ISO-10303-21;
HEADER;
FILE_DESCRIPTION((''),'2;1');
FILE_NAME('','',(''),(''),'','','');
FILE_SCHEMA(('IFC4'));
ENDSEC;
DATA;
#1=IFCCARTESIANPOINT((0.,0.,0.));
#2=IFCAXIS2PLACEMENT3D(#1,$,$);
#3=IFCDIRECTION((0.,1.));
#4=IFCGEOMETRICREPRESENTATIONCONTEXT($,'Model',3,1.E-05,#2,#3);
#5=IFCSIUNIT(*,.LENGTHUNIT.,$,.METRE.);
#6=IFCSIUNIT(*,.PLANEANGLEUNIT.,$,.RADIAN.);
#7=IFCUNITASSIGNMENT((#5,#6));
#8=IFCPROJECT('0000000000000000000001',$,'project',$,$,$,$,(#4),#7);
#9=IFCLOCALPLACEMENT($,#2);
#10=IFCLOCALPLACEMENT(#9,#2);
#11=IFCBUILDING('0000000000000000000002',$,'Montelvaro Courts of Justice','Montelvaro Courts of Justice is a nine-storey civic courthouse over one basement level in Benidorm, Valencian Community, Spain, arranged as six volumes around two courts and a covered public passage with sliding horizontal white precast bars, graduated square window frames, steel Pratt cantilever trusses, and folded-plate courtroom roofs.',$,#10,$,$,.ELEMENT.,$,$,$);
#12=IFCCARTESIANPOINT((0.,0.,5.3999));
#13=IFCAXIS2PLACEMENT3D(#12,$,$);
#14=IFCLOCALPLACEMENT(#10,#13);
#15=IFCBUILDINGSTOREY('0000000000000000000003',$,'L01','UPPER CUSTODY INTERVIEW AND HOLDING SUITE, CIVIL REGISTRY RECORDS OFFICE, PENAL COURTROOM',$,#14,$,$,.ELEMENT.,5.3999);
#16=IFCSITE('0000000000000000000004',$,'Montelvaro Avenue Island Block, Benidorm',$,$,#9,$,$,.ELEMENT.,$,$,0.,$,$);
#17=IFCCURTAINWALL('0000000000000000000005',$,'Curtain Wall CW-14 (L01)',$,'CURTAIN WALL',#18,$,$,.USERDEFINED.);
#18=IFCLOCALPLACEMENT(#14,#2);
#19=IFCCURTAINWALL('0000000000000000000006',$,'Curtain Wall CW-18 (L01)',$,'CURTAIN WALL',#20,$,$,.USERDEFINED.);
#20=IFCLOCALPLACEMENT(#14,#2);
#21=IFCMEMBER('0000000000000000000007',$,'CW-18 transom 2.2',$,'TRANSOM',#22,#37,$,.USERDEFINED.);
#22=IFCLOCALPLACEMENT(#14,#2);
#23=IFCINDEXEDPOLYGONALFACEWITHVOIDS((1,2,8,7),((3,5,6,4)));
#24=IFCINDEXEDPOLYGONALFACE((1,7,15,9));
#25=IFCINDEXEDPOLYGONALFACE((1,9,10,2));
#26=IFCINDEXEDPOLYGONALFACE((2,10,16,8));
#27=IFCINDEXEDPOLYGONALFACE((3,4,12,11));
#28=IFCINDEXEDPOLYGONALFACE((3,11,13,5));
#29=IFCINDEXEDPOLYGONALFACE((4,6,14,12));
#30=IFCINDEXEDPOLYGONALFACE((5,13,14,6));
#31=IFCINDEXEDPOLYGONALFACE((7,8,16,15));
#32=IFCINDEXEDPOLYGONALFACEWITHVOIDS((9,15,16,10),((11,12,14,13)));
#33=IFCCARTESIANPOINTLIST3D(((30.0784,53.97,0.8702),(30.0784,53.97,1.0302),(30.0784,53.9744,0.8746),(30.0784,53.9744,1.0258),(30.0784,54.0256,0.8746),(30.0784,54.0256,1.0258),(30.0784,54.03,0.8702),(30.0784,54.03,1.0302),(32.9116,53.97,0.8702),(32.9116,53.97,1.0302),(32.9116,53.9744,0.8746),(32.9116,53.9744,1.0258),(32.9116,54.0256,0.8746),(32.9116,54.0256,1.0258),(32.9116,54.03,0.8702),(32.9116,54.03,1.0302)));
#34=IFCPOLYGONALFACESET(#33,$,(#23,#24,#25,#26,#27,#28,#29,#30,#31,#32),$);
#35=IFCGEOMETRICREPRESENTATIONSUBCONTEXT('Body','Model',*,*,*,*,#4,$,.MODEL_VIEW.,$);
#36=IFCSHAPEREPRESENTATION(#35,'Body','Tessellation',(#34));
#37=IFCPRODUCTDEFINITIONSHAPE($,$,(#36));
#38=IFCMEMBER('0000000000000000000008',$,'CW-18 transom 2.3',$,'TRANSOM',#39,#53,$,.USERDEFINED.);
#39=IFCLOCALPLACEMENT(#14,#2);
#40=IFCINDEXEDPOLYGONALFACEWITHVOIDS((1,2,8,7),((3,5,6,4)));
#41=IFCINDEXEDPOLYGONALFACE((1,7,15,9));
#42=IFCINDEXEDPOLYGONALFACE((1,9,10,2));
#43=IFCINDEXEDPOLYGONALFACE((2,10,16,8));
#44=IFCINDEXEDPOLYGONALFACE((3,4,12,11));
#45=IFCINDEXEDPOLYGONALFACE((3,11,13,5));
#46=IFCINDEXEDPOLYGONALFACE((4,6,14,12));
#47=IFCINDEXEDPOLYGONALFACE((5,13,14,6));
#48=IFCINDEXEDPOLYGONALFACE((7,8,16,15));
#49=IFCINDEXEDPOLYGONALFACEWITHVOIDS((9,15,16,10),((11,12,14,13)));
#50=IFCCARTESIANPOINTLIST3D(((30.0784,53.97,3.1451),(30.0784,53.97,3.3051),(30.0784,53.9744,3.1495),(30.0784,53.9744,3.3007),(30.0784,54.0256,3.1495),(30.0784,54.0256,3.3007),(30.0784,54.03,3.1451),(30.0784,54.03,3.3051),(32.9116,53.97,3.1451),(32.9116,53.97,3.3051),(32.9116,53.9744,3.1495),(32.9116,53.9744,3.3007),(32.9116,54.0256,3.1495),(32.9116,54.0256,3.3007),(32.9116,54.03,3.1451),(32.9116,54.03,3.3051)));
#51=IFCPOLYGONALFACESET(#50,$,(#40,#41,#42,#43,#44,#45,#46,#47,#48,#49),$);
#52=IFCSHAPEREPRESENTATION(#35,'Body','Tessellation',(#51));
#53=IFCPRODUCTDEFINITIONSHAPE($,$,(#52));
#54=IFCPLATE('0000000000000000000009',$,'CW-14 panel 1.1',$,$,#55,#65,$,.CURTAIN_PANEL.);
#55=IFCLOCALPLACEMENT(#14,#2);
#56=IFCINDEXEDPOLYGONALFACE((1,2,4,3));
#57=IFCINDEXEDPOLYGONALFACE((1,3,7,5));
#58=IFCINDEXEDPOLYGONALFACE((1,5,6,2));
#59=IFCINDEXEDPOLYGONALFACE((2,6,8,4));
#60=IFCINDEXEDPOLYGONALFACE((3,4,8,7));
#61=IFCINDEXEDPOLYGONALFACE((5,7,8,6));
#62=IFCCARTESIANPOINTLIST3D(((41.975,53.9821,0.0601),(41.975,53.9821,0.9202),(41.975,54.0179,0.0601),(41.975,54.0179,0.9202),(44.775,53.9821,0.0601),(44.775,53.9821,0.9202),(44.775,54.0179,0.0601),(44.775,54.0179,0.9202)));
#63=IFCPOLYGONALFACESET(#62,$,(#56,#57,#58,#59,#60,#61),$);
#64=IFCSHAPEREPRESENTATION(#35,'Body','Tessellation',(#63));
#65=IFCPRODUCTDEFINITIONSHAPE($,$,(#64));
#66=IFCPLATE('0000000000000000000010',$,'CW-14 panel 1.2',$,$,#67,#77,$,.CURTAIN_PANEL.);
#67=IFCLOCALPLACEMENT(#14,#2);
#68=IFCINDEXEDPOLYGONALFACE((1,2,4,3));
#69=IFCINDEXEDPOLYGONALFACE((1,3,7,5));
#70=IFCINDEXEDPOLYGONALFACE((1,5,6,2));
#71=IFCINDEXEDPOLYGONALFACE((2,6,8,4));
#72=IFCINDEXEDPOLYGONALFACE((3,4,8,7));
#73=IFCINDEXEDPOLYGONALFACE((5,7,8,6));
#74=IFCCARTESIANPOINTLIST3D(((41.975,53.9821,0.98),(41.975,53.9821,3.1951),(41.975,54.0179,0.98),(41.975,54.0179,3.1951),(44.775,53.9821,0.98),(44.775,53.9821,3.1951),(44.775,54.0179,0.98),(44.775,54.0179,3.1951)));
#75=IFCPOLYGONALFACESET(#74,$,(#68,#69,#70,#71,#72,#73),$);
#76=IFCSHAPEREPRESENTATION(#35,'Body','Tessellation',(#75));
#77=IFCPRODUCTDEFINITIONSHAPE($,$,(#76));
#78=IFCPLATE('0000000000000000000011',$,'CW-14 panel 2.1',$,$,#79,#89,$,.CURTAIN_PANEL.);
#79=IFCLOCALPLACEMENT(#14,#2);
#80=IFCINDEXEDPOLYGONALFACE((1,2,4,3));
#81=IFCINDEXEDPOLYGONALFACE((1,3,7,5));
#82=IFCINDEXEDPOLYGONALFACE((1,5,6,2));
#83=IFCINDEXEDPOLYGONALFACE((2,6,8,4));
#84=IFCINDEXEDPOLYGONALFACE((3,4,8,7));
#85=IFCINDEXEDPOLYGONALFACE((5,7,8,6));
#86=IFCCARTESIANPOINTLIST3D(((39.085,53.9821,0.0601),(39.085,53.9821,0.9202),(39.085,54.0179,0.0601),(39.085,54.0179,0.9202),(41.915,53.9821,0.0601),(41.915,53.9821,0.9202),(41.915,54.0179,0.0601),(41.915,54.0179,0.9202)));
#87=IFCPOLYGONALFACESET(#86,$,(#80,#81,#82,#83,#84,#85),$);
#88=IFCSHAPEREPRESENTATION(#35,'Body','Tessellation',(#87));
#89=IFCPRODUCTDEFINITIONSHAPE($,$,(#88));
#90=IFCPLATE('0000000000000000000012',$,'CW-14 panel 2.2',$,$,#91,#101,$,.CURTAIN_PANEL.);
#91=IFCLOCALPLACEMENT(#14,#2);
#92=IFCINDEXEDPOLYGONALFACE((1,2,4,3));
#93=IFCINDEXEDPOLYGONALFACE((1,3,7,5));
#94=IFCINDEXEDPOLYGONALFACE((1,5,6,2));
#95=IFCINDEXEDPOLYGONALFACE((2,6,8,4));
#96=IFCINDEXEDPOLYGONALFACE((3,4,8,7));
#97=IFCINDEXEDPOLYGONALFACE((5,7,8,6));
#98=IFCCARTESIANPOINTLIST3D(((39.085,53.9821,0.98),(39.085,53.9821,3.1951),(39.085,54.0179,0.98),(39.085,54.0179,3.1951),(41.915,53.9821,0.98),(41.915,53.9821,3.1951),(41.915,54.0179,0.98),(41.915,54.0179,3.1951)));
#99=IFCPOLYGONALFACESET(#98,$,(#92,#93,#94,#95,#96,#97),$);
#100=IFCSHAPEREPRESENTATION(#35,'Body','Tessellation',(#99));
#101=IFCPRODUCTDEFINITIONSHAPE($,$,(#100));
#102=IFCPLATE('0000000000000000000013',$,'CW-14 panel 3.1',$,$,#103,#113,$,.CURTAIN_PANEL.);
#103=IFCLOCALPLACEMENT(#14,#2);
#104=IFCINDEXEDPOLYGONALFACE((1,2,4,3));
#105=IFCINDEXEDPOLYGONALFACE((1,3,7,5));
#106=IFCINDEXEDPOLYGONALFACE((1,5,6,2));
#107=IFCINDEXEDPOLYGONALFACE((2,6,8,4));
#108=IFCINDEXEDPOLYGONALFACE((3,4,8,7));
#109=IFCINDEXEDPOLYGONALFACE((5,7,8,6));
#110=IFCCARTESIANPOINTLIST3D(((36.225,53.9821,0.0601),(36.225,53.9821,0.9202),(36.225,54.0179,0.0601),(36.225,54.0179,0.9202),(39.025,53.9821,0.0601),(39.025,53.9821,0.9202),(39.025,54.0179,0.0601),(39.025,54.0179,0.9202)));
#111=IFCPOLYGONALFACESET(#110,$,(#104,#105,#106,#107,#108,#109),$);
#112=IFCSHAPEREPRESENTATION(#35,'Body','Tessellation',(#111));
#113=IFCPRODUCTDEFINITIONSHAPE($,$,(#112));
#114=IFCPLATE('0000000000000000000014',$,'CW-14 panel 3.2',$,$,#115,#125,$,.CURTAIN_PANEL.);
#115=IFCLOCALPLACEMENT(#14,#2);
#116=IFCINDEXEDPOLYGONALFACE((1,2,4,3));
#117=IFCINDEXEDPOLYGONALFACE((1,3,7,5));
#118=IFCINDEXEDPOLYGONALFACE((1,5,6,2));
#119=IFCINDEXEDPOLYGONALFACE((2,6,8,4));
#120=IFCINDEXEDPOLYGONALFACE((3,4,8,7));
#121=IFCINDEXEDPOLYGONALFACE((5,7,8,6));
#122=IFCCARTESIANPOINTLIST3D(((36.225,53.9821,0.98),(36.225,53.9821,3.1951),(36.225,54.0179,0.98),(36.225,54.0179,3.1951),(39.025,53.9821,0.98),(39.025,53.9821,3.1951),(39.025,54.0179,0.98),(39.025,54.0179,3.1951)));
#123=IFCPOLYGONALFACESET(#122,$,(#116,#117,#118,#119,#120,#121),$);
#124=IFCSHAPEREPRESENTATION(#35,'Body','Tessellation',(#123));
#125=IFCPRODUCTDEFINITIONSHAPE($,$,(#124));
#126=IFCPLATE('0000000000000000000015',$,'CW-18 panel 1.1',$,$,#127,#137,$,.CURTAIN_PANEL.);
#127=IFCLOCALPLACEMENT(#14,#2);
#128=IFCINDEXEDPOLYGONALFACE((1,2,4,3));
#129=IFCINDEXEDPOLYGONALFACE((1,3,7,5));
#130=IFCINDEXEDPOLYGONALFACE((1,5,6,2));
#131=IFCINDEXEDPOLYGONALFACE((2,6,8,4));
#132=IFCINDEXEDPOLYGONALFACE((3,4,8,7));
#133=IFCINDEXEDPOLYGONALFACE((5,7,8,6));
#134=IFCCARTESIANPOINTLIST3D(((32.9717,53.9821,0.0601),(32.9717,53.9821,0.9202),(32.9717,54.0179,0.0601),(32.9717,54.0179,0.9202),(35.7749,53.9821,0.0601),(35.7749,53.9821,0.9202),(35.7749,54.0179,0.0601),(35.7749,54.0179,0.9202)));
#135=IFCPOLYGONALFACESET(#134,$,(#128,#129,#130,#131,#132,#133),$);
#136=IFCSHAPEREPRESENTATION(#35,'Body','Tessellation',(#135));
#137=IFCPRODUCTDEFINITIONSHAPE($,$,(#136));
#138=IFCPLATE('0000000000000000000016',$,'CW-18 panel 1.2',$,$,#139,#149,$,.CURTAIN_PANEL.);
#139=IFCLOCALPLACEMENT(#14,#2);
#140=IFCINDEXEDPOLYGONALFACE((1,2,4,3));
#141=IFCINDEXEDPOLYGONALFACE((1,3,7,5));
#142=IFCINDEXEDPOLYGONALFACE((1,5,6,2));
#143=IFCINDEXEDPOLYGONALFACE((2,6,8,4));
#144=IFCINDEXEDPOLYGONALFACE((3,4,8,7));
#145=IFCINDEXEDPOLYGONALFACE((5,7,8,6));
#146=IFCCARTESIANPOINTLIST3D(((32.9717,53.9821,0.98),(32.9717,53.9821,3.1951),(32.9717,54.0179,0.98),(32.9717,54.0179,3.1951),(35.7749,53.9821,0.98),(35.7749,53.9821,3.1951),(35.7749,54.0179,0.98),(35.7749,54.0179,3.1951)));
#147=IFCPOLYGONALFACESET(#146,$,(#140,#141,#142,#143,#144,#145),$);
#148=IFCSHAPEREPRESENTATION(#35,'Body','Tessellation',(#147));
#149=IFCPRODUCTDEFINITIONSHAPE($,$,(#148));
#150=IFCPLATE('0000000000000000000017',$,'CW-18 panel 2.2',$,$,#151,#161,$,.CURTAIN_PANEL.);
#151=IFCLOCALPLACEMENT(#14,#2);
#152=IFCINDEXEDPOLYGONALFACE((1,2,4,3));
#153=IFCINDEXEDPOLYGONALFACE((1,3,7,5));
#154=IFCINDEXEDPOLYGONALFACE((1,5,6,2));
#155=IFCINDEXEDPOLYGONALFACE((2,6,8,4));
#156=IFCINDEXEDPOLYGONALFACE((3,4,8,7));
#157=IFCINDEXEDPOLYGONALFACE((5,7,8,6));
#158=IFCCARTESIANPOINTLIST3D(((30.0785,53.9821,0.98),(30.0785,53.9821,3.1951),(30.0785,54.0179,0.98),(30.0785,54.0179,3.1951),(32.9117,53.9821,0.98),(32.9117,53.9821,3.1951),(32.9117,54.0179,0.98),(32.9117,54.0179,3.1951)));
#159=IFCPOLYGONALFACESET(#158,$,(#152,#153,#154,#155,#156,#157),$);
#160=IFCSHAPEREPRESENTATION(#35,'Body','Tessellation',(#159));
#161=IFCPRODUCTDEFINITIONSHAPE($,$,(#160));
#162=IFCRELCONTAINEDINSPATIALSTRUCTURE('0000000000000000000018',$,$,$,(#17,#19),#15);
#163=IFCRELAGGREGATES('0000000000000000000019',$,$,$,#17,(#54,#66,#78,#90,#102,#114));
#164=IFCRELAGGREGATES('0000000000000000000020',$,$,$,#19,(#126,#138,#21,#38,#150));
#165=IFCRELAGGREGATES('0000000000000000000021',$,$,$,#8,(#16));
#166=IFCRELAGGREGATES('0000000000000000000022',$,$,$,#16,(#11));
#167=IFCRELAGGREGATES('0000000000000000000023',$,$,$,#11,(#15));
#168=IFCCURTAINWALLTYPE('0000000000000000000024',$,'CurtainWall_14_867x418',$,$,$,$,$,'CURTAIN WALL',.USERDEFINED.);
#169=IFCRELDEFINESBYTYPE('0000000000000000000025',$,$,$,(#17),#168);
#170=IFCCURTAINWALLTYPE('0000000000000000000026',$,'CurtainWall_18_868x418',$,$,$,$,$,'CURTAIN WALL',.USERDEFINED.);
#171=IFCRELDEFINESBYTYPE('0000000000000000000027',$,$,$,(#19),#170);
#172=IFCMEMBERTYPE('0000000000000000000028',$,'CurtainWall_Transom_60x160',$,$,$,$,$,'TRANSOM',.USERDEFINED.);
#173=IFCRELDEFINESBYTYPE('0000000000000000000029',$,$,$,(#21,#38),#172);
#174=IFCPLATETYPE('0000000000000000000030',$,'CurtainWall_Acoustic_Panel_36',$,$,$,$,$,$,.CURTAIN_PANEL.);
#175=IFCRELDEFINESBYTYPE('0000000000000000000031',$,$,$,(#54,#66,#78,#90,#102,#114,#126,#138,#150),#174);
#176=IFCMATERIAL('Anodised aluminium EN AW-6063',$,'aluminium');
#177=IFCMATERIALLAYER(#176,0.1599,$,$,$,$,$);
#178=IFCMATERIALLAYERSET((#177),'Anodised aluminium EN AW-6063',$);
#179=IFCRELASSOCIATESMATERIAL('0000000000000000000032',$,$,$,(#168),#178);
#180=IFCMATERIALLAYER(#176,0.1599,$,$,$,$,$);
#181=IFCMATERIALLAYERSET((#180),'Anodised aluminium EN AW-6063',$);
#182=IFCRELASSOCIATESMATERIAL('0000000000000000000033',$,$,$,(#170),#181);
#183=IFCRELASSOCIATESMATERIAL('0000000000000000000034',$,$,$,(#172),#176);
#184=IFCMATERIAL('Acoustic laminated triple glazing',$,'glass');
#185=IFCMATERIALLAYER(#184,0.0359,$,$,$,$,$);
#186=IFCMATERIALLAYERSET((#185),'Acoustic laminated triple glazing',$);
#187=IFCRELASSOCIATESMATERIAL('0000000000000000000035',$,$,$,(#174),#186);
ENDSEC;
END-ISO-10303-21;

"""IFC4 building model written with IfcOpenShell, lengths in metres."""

from ifc_helpers import new_model, si_unit, direction, frame, origin, origin_2d, place, context, subcontext, project, spatial, rectangle, hollow_rectangle, extrude, material, layer, layer_set, material_profile, profile_set, type_object, element, aggregate, save


model = new_model("IFC4")

# Units and contexts
model_context = context("Model", 3, precision=1e-05, world=origin(), true_north=direction((0.0, 1.0)))
body_context = subcontext(model_context, "Body", "Model", "MODEL_VIEW")
ifc_project = project(units=[si_unit("LENGTHUNIT", "METRE"), si_unit("PLANEANGLEUNIT", "RADIAN")], contexts=[model_context])

# Site, building, storey
site_placement = place(None, origin())
site = spatial("IfcSite", under=ifc_project, at=site_placement, Name="Montelvaro Avenue Island Block, Benidorm", CompositionType="ELEMENT", RefElevation=0.0)
building_placement = place(site_placement, origin())
building = spatial("IfcBuilding", under=site, at=building_placement, Name="Montelvaro Courts of Justice", Description="Montelvaro Courts of Justice is a nine-storey civic courthouse over one basement level in Benidorm, Valencian Community, Spain, arranged as six volumes around two courts and a covered public passage with sliding horizontal white precast bars, graduated square window frames, steel Pratt cantilever trusses, and folded-plate courtroom roofs.", CompositionType="ELEMENT")
storey_placement = place(building_placement, frame((0.0, 0.0, 5.3999)))
storey = spatial("IfcBuildingStorey", under=building, at=storey_placement, Name="L01", Description="UPPER CUSTODY INTERVIEW AND HOLDING SUITE, CIVIL REGISTRY RECORDS OFFICE, PENAL COURTROOM", CompositionType="ELEMENT", Elevation=5.3999)

# Curtain walls
ifc_material_1 = material(Name="Anodised aluminium EN AW-6063", Category="aluminium")
ifc_layer_1 = layer(ifc_material_1, 0.1599)
ifc_layer_set_1 = layer_set([ifc_layer_1], Name="Anodised aluminium EN AW-6063")
curtain_wall_type_1 = type_object("IfcCurtainWallType", Name="CurtainWall_14_867x418", ElementType="CURTAIN WALL", PredefinedType="USERDEFINED", material=ifc_layer_set_1)
curtain_wall_1_placement = place(storey_placement, origin())
curtain_wall_1 = element("IfcCurtainWall", 1, at=curtain_wall_1_placement, inside=storey, type_object=curtain_wall_type_1, Name="Curtain Wall CW-14 (L01)", ObjectType="CURTAIN WALL", PredefinedType="USERDEFINED")
ifc_layer_2 = layer(ifc_material_1, 0.1599)
ifc_layer_set_2 = layer_set([ifc_layer_2], Name="Anodised aluminium EN AW-6063")
curtain_wall_type_2 = type_object("IfcCurtainWallType", Name="CurtainWall_18_868x418", ElementType="CURTAIN WALL", PredefinedType="USERDEFINED", material=ifc_layer_set_2)
curtain_wall_2_placement = place(storey_placement, origin())
curtain_wall_2 = element("IfcCurtainWall", 2, at=curtain_wall_2_placement, inside=storey, type_object=curtain_wall_type_2, Name="Curtain Wall CW-18 (L01)", ObjectType="CURTAIN WALL", PredefinedType="USERDEFINED")

# Members
ifc_material_profile_1 = material_profile(ifc_material_1, hollow_rectangle(XDim=0.0601, YDim=0.1599, WallThickness=0.0044, at=origin_2d()), Name="ALU-T 60x160")
ifc_profile_set_1 = profile_set([ifc_material_profile_1], Name="Anodised aluminium EN AW-6063")
member_type_1 = type_object("IfcMemberType", Name="CurtainWall_Transom_60x160", ElementType="TRANSOM", PredefinedType="USERDEFINED", material=ifc_profile_set_1)
member_1_placement = place(storey_placement, frame((32.9116, 54.0, 0.9502), z_axis=(-1.0, 0.0, 0.0), x_axis=(0.0, -1.0, 0.0)))
member_1 = element("IfcMember", 3, at=member_1_placement, type_object=member_type_1, Name="CW-18 transom 2.2", ObjectType="TRANSOM", PredefinedType="USERDEFINED", context=body_context, shape_type="SweptSolid", body=[
    extrude(hollow_rectangle(XDim=0.0601, YDim=0.1599, WallThickness=0.0044, at=origin_2d()), origin(), (0.0, 0.0, 1.0), 2.8333),
])
member_2_placement = place(storey_placement, frame((32.9116, 54.0, 3.2251), z_axis=(-1.0, 0.0, 0.0), x_axis=(0.0, -1.0, 0.0)))
member_2 = element("IfcMember", 4, at=member_2_placement, type_object=member_type_1, Name="CW-18 transom 2.3", ObjectType="TRANSOM", PredefinedType="USERDEFINED", context=body_context, shape_type="SweptSolid", body=[
    extrude(hollow_rectangle(XDim=0.0601, YDim=0.1599, WallThickness=0.0044, at=origin_2d()), origin(), (0.0, 0.0, 1.0), 2.8333),
])

# Plates
ifc_material_2 = material(Name="Acoustic laminated triple glazing", Category="glass")
ifc_layer_3 = layer(ifc_material_2, 0.0359)
ifc_layer_set_3 = layer_set([ifc_layer_3], Name="Acoustic laminated triple glazing")
plate_type = type_object("IfcPlateType", Name="CurtainWall_Acoustic_Panel_36", PredefinedType="CURTAIN_PANEL", material=ifc_layer_set_3)
plate_1_placement = place(storey_placement, frame((43.375, 54.0, 0.0601), z_axis=(0.0, 0.0, 1.0), x_axis=(-1.0, 0.0, 0.0)))
plate_1 = element("IfcPlate", 5, at=plate_1_placement, type_object=plate_type, Name="CW-14 panel 1.1", PredefinedType="CURTAIN_PANEL", context=body_context, shape_type="SweptSolid", body=[
    extrude(rectangle(XDim=2.8, YDim=0.0359, at=origin_2d()), origin(), (0.0, 0.0, 1.0), 0.8601),
])
plate_2_placement = place(storey_placement, frame((43.375, 54.0, 0.98), z_axis=(0.0, 0.0, 1.0), x_axis=(-1.0, 0.0, 0.0)))
plate_2 = element("IfcPlate", 6, at=plate_2_placement, type_object=plate_type, Name="CW-14 panel 1.2", PredefinedType="CURTAIN_PANEL", context=body_context, shape_type="SweptSolid", body=[
    extrude(rectangle(XDim=2.8, YDim=0.0359, at=origin_2d()), origin(), (0.0, 0.0, 1.0), 2.2151),
])
plate_3_placement = place(storey_placement, frame((40.5, 54.0, 0.0601), z_axis=(0.0, 0.0, 1.0), x_axis=(-1.0, 0.0, 0.0)))
plate_3 = element("IfcPlate", 7, at=plate_3_placement, type_object=plate_type, Name="CW-14 panel 2.1", PredefinedType="CURTAIN_PANEL", context=body_context, shape_type="SweptSolid", body=[
    extrude(rectangle(XDim=2.8301, YDim=0.0359, at=origin_2d()), origin(), (0.0, 0.0, 1.0), 0.8601),
])
plate_4_placement = place(storey_placement, frame((40.5, 54.0, 0.98), z_axis=(0.0, 0.0, 1.0), x_axis=(-1.0, 0.0, 0.0)))
plate_4 = element("IfcPlate", 8, at=plate_4_placement, type_object=plate_type, Name="CW-14 panel 2.2", PredefinedType="CURTAIN_PANEL", context=body_context, shape_type="SweptSolid", body=[
    extrude(rectangle(XDim=2.8301, YDim=0.0359, at=origin_2d()), origin(), (0.0, 0.0, 1.0), 2.2151),
])
plate_5_placement = place(storey_placement, frame((37.625, 54.0, 0.0601), z_axis=(0.0, 0.0, 1.0), x_axis=(-1.0, 0.0, 0.0)))
plate_5 = element("IfcPlate", 9, at=plate_5_placement, type_object=plate_type, Name="CW-14 panel 3.1", PredefinedType="CURTAIN_PANEL", context=body_context, shape_type="SweptSolid", body=[
    extrude(rectangle(XDim=2.8, YDim=0.0359, at=origin_2d()), origin(), (0.0, 0.0, 1.0), 0.8601),
])
plate_6_placement = place(storey_placement, frame((37.625, 54.0, 0.98), z_axis=(0.0, 0.0, 1.0), x_axis=(-1.0, 0.0, 0.0)))
plate_6 = element("IfcPlate", 10, at=plate_6_placement, type_object=plate_type, Name="CW-14 panel 3.2", PredefinedType="CURTAIN_PANEL", context=body_context, shape_type="SweptSolid", body=[
    extrude(rectangle(XDim=2.8, YDim=0.0359, at=origin_2d()), origin(), (0.0, 0.0, 1.0), 2.2151),
])
aggregate(curtain_wall_1, [plate_1, plate_2, plate_3, plate_4, plate_5, plate_6])
plate_7_placement = place(storey_placement, frame((34.3733, 54.0, 0.0601), z_axis=(0.0, 0.0, 1.0), x_axis=(-1.0, 0.0, 0.0)))
plate_7 = element("IfcPlate", 11, at=plate_7_placement, type_object=plate_type, Name="CW-18 panel 1.1", PredefinedType="CURTAIN_PANEL", context=body_context, shape_type="SweptSolid", body=[
    extrude(rectangle(XDim=2.8032, YDim=0.0359, at=origin_2d()), origin(), (0.0, 0.0, 1.0), 0.8601),
])
plate_8_placement = place(storey_placement, frame((34.3733, 54.0, 0.98), z_axis=(0.0, 0.0, 1.0), x_axis=(-1.0, 0.0, 0.0)))
plate_8 = element("IfcPlate", 12, at=plate_8_placement, type_object=plate_type, Name="CW-18 panel 1.2", PredefinedType="CURTAIN_PANEL", context=body_context, shape_type="SweptSolid", body=[
    extrude(rectangle(XDim=2.8032, YDim=0.0359, at=origin_2d()), origin(), (0.0, 0.0, 1.0), 2.2151),
])
plate_9_placement = place(storey_placement, frame((31.4951, 54.0, 0.98), z_axis=(0.0, 0.0, 1.0), x_axis=(-1.0, 0.0, 0.0)))
plate_9 = element("IfcPlate", 13, at=plate_9_placement, type_object=plate_type, Name="CW-18 panel 2.2", PredefinedType="CURTAIN_PANEL", context=body_context, shape_type="SweptSolid", body=[
    extrude(rectangle(XDim=2.8333, YDim=0.0359, at=origin_2d()), origin(), (0.0, 0.0, 1.0), 2.2151),
])
aggregate(curtain_wall_2, [plate_7, plate_8, member_1, member_2, plate_9])

save(model, "model.ifc")
